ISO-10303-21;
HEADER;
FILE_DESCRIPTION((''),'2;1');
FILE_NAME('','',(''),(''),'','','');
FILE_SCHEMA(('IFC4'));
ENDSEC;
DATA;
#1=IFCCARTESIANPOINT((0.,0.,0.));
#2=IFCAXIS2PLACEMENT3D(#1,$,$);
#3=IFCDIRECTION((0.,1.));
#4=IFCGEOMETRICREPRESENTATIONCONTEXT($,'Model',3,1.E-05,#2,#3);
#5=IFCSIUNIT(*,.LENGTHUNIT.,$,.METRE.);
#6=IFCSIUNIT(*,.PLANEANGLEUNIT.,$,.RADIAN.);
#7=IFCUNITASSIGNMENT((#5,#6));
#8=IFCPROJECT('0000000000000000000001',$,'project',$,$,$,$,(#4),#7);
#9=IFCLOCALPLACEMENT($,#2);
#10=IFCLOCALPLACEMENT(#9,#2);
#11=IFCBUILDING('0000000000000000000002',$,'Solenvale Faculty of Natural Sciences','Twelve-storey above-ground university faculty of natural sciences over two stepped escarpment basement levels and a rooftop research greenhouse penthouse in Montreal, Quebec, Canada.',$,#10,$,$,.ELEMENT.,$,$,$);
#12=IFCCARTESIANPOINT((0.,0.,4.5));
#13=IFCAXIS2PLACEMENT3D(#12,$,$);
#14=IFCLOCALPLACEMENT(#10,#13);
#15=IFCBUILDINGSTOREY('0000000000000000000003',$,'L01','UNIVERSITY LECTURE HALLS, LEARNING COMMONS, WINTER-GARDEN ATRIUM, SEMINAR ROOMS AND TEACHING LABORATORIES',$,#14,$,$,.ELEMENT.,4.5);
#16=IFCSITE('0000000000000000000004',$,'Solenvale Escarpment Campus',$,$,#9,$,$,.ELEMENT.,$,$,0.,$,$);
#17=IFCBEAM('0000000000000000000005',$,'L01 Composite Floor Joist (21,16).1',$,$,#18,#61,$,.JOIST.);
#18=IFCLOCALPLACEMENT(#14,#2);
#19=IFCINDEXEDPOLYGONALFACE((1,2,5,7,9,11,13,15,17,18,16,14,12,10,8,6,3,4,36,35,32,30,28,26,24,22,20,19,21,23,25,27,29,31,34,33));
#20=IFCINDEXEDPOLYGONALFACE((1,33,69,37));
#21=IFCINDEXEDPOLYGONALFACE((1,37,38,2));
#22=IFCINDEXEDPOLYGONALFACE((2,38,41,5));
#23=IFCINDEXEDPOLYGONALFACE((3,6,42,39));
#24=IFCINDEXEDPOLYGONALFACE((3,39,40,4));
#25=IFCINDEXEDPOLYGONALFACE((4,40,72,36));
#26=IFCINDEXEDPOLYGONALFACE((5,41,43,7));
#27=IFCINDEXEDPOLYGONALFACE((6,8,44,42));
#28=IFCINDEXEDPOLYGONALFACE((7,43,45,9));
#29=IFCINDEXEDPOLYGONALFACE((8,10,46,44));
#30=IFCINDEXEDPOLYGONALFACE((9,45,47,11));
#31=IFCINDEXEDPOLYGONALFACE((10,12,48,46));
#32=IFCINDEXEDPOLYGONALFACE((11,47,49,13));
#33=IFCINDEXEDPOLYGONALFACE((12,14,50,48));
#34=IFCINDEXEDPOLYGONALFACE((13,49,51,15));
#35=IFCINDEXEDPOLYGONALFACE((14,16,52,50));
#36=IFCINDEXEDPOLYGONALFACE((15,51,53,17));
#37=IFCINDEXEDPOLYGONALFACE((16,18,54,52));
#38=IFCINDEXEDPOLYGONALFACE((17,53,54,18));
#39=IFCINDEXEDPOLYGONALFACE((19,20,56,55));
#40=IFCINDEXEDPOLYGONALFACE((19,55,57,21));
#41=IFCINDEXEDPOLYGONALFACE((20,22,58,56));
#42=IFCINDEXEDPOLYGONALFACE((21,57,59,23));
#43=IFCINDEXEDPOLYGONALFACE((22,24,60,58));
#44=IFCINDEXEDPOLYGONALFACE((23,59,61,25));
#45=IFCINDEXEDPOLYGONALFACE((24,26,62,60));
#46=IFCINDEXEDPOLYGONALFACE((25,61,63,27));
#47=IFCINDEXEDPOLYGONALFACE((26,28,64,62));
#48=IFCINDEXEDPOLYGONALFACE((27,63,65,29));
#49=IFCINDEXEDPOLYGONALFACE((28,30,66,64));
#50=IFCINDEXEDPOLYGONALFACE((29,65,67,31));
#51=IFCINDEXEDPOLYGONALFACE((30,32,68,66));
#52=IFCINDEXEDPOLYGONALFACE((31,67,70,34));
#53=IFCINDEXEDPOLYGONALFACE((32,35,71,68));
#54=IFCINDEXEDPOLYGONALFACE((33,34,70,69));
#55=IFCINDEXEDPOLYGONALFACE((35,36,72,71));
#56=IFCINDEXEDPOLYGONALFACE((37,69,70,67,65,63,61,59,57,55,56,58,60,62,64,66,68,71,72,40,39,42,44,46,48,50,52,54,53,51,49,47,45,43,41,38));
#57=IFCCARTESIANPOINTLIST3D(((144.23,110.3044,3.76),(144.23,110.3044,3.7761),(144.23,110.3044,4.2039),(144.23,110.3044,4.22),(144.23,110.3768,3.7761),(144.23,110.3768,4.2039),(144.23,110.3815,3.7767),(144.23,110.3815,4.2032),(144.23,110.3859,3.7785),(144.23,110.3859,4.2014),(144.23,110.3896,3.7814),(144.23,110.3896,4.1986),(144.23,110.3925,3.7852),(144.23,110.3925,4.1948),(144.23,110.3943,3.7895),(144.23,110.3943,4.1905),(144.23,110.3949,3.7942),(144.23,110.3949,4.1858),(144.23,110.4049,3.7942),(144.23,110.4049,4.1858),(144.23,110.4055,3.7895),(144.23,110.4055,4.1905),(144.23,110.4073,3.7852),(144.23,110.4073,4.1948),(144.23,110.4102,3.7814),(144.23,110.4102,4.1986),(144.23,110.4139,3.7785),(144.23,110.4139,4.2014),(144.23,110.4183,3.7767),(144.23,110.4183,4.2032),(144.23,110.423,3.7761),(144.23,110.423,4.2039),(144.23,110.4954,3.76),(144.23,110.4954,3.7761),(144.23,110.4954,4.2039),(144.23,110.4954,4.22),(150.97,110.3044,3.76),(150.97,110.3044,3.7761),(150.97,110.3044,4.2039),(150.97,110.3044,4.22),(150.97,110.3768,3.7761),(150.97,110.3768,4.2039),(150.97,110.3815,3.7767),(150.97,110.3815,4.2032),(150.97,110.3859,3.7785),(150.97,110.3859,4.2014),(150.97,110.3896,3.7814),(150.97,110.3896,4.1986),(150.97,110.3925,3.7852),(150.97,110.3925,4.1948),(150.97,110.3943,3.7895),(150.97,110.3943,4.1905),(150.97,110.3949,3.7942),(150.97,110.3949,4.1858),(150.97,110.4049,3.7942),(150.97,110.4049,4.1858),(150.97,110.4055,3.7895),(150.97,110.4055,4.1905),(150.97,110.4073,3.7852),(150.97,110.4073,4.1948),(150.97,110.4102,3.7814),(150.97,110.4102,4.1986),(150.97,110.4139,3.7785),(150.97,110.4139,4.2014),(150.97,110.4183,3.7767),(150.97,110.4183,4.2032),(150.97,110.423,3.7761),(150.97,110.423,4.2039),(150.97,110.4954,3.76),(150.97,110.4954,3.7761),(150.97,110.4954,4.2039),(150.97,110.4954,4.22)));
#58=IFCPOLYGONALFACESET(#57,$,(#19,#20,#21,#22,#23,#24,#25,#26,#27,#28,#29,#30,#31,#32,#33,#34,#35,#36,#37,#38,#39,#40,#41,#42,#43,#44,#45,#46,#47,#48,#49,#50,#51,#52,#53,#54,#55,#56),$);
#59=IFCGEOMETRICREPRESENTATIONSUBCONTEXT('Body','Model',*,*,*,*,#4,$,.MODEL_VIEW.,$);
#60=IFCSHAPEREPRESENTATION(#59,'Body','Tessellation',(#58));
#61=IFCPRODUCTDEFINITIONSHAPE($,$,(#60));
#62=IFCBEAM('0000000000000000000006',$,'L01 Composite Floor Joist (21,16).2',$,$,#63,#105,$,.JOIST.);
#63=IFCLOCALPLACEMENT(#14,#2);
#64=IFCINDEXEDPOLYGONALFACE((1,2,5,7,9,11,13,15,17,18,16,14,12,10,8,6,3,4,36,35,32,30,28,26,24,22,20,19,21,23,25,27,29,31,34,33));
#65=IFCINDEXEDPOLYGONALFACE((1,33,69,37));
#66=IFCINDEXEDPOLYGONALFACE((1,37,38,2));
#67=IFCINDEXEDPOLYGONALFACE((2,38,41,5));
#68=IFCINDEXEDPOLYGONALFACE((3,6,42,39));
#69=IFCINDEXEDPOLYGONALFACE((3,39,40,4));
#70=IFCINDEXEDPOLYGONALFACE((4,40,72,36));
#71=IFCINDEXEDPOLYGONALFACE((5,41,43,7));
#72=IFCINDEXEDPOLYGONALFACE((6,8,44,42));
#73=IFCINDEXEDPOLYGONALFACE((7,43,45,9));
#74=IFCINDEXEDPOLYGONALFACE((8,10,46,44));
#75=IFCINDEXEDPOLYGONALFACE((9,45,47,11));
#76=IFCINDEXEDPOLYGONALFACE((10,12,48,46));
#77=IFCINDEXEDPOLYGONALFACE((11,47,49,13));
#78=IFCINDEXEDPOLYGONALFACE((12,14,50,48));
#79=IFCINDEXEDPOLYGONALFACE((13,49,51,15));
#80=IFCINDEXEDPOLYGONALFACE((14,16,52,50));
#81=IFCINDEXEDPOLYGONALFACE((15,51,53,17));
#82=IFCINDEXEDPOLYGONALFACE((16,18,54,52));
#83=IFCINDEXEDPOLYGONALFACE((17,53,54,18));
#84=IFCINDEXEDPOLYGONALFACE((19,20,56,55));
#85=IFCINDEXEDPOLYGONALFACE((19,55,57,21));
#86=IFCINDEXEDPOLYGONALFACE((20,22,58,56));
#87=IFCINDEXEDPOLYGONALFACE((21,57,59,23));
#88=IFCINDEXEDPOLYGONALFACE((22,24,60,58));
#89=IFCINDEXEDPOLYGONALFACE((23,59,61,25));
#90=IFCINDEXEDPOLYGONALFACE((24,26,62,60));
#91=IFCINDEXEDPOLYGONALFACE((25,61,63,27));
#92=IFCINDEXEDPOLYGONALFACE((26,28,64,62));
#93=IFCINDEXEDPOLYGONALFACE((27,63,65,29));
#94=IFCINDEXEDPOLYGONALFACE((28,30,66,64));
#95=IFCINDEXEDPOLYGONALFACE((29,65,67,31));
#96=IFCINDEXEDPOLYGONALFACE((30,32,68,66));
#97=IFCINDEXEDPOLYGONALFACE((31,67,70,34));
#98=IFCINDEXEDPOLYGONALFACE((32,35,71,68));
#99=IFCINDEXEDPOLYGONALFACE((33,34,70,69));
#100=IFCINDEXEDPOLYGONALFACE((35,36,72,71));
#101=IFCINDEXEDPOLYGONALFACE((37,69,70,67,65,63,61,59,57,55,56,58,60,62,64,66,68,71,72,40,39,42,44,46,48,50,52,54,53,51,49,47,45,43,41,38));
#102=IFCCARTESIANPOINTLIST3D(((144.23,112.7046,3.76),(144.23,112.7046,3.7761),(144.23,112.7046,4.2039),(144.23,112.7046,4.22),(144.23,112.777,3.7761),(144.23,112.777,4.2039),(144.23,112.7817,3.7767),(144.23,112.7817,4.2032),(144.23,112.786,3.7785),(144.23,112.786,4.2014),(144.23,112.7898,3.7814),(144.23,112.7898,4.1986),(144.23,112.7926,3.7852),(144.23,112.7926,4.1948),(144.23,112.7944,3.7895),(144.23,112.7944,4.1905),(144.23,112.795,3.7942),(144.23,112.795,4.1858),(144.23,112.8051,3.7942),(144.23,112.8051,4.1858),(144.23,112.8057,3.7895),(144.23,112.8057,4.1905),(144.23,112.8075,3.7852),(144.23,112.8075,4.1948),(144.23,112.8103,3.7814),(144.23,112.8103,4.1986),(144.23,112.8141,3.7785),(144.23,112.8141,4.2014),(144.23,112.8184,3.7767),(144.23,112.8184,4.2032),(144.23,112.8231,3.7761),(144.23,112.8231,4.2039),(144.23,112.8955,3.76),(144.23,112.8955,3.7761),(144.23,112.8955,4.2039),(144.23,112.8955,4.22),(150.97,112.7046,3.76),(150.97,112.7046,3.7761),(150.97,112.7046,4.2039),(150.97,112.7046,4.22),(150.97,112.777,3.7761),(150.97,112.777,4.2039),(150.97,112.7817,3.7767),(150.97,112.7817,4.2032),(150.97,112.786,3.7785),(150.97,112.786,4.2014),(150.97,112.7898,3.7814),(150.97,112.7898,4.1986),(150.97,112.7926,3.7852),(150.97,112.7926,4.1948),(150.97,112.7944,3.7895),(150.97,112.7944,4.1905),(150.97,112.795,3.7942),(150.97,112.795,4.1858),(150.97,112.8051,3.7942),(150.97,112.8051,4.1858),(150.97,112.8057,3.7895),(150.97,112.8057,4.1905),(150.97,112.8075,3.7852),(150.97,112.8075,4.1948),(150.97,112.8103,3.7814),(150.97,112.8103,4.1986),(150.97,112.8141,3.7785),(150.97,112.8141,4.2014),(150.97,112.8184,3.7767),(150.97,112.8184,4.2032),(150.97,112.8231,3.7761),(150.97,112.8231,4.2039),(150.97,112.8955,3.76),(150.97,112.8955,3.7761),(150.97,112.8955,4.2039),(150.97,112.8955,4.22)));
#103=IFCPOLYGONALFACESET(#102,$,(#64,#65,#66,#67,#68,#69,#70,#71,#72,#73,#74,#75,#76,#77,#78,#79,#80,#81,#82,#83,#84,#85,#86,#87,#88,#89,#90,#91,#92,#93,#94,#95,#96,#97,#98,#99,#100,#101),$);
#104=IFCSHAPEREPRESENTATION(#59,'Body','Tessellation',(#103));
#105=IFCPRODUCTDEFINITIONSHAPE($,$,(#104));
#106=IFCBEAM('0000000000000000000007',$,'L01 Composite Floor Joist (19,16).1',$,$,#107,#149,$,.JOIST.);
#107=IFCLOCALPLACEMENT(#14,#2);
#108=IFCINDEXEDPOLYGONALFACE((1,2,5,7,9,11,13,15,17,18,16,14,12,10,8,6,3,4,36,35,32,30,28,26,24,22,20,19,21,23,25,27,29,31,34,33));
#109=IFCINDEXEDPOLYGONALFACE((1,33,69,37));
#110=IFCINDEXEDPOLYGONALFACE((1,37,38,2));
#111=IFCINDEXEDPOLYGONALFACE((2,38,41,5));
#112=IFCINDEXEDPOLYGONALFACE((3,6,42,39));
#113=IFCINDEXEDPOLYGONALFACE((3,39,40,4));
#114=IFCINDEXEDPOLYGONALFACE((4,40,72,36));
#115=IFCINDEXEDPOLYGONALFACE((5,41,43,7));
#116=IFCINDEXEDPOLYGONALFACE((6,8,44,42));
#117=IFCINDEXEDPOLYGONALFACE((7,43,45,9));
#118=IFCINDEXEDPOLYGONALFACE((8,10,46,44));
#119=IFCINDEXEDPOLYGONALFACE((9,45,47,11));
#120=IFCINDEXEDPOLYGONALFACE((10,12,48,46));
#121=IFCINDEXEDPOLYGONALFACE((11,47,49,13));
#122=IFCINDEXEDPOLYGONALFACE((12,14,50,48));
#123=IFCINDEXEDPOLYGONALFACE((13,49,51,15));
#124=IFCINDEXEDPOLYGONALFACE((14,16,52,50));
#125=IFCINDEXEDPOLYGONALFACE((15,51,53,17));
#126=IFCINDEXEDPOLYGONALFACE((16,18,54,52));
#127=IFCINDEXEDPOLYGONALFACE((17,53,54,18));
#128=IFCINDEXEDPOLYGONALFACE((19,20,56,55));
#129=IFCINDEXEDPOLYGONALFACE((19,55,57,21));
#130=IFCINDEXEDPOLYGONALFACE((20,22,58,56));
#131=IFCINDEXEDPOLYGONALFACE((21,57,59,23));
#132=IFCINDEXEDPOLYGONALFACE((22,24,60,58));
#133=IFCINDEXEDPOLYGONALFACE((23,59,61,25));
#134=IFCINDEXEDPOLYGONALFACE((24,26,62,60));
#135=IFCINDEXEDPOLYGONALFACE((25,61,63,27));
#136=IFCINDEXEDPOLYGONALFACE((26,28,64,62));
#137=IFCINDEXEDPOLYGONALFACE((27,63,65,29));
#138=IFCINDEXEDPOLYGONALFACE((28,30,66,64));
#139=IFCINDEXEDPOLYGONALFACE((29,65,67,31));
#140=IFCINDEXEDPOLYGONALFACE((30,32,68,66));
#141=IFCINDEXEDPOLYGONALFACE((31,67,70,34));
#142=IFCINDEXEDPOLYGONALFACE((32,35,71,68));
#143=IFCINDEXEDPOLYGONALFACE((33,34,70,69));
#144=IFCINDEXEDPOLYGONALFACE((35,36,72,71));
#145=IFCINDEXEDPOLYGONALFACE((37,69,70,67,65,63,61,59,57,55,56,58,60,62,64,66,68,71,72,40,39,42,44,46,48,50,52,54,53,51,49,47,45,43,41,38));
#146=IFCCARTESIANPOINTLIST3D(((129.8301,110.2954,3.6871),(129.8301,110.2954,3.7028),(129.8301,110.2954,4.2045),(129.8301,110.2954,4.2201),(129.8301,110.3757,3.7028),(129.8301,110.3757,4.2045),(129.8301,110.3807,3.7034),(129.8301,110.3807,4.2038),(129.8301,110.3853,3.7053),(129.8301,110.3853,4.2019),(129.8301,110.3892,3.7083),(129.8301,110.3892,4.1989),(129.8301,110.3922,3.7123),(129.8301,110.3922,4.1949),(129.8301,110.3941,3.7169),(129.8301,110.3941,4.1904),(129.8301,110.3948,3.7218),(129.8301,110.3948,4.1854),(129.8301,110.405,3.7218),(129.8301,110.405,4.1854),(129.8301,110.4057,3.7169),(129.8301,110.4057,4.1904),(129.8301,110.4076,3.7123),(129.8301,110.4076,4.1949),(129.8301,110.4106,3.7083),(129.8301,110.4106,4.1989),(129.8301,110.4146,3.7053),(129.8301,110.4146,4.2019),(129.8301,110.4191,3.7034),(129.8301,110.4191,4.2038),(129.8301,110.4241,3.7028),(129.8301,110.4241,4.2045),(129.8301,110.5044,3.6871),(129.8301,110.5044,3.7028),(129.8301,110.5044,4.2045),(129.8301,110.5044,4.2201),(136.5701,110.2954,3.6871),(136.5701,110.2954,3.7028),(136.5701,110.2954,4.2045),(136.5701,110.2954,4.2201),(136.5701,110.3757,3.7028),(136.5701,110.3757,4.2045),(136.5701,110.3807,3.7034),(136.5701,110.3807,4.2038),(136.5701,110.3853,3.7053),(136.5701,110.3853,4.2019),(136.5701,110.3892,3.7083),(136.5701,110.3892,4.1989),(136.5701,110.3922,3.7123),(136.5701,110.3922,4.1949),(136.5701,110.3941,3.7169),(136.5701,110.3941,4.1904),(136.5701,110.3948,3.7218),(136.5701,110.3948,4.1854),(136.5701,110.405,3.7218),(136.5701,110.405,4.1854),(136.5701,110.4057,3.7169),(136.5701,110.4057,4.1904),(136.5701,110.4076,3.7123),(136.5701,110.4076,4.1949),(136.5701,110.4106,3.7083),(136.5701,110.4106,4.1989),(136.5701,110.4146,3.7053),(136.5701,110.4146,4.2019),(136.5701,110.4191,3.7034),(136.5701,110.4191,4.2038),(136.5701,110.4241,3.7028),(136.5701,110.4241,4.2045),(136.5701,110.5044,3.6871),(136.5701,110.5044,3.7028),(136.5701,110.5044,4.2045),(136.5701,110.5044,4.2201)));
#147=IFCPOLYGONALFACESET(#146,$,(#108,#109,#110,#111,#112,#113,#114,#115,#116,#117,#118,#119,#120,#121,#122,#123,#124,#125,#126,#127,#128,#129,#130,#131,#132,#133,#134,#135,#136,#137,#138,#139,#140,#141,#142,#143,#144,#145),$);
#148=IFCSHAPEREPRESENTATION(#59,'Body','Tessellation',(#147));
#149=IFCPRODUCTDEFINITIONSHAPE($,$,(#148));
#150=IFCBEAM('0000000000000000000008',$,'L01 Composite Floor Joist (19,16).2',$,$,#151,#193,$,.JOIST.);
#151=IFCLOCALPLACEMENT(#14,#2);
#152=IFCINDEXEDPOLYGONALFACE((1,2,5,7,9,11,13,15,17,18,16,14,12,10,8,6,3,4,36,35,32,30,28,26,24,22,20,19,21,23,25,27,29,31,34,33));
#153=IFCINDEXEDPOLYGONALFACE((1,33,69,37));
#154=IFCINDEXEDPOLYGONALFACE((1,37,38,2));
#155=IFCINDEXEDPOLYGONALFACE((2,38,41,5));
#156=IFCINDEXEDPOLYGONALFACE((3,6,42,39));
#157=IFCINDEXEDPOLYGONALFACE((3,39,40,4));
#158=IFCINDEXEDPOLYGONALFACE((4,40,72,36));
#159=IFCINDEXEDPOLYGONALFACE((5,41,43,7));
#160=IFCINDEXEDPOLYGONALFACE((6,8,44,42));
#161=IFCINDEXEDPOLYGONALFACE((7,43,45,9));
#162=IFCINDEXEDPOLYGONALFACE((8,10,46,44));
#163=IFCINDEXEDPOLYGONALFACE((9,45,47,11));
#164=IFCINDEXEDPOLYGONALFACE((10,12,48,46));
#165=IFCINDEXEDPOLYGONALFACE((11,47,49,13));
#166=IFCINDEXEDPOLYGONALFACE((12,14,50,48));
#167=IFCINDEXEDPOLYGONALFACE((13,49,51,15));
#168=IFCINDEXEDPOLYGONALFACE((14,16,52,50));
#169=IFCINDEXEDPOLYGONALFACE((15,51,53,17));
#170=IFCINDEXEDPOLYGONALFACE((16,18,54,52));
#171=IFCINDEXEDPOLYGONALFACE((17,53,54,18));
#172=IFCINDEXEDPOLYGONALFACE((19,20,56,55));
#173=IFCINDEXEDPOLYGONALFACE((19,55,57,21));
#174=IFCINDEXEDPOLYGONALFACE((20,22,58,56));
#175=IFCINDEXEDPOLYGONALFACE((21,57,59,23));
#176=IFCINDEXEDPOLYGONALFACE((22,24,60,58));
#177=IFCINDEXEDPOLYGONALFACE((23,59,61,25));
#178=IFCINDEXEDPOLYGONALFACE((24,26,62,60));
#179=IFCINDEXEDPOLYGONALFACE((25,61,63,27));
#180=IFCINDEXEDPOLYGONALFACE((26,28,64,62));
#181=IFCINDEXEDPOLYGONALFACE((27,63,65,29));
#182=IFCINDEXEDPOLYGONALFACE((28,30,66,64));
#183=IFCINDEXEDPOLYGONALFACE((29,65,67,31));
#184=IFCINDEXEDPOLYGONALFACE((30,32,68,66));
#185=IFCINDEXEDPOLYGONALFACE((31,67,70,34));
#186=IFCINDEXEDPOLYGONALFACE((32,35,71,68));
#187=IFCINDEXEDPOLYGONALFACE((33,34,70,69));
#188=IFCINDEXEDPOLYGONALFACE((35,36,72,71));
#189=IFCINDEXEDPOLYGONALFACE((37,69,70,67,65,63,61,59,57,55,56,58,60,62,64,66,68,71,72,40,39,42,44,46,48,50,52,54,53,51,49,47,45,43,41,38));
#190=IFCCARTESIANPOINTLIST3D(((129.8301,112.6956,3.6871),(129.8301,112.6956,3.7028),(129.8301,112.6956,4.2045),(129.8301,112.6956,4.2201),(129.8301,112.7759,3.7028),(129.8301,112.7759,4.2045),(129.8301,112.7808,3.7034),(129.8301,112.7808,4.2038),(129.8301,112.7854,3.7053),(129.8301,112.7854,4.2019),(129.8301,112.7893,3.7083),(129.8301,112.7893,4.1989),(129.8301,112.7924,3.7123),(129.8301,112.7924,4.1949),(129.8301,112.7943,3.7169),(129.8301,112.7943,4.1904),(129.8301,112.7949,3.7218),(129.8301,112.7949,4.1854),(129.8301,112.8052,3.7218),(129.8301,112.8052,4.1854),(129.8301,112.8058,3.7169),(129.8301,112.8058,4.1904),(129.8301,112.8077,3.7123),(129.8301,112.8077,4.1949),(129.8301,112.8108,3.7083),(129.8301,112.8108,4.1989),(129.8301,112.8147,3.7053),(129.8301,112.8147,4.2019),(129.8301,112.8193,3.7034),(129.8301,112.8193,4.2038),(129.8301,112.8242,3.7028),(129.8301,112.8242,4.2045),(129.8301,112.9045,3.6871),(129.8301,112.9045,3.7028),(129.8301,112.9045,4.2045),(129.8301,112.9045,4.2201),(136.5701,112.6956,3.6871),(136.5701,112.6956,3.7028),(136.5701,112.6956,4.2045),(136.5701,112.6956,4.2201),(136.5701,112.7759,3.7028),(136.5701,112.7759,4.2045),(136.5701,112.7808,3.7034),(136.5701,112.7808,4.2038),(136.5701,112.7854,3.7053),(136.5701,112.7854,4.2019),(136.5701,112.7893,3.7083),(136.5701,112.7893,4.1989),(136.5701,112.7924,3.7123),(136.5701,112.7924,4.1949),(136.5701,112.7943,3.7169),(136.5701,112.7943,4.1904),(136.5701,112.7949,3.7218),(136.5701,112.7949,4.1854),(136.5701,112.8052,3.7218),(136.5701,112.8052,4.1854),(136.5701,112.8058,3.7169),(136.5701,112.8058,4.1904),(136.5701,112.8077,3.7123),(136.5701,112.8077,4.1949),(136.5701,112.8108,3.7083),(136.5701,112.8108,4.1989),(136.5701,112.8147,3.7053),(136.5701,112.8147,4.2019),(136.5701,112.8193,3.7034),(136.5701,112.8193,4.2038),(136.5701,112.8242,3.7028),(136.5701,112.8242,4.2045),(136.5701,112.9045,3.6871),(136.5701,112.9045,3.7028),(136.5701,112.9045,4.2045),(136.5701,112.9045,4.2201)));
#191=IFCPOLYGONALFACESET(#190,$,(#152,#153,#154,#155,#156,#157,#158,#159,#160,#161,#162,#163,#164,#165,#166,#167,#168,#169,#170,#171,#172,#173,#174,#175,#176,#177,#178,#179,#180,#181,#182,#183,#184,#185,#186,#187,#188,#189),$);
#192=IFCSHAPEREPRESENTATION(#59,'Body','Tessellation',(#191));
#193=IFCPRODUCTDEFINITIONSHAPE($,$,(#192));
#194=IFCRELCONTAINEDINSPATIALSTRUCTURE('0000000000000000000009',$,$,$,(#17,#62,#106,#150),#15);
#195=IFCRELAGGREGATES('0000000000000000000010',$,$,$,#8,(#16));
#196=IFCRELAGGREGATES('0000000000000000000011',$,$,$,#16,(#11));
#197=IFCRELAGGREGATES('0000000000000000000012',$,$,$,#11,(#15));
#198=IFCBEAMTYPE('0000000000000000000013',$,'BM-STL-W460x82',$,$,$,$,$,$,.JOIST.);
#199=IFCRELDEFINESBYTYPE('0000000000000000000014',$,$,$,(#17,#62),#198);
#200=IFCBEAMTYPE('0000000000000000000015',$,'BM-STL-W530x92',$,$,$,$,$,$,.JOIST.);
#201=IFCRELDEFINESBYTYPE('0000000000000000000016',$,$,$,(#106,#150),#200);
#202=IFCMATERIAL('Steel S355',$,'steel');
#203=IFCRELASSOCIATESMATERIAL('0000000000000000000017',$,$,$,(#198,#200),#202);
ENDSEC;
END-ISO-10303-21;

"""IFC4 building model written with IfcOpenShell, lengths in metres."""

from ifc_helpers import new_model, si_unit, direction, frame, origin, origin_2d, place, context, subcontext, project, spatial, i_section, extrude, material, material_profile, profile_set, type_object, element, save


model = new_model("IFC4")

# Units and contexts
model_context = context("Model", 3, precision=1e-05, world=origin(), true_north=direction((0.0, 1.0)))
body_context = subcontext(model_context, "Body", "Model", "MODEL_VIEW")
ifc_project = project(units=[si_unit("LENGTHUNIT", "METRE"), si_unit("PLANEANGLEUNIT", "RADIAN")], contexts=[model_context])

# Site, building, storey
site_placement = place(None, origin())
site = spatial("IfcSite", under=ifc_project, at=site_placement, Name="Solenvale Escarpment Campus", CompositionType="ELEMENT", RefElevation=0.0)
building_placement = place(site_placement, origin())
building = spatial("IfcBuilding", under=site, at=building_placement, Name="Solenvale Faculty of Natural Sciences", Description="Twelve-storey above-ground university faculty of natural sciences over two stepped escarpment basement levels and a rooftop research greenhouse penthouse in Montreal, Quebec, Canada.", CompositionType="ELEMENT")
storey_placement = place(building_placement, frame((0.0, 0.0, 4.5)))
storey = spatial("IfcBuildingStorey", under=building, at=storey_placement, Name="L01", Description="UNIVERSITY LECTURE HALLS, LEARNING COMMONS, WINTER-GARDEN ATRIUM, SEMINAR ROOMS AND TEACHING LABORATORIES", CompositionType="ELEMENT", Elevation=4.5)

# Beams
ifc_material_1 = material(Name="Steel S355", Category="steel")
ifc_material_profile_1 = material_profile(ifc_material_1, i_section(OverallWidth=0.1909, OverallDepth=0.46, WebThickness=0.01, FlangeThickness=0.0161, FilletRadius=0.0181, at=origin_2d()), Name="W460x82")
ifc_profile_set_1 = profile_set([ifc_material_profile_1], Name="Steel S355")
beam_type_1 = type_object("IfcBeamType", Name="BM-STL-W460x82", PredefinedType="JOIST", material=ifc_profile_set_1)
for number, where, z_axis, x_axis, name in (
    (1, (144.23, 110.3999, 3.99), (1.0, 0.0, 0.0), (0.0, 1.0, 0.0), "L01 Composite Floor Joist (21,16).1"),
    (2, (144.23, 112.8, 3.99), (1.0, 0.0, 0.0), (0.0, 1.0, 0.0), "L01 Composite Floor Joist (21,16).2"),
):
    element("IfcBeam", number, at=place(storey_placement, frame(where, z_axis=z_axis, x_axis=x_axis)), inside=storey, type_object=beam_type_1, Name=name, PredefinedType="JOIST", context=body_context, shape_type="SweptSolid", body=[
        extrude(i_section(OverallWidth=0.1909, OverallDepth=0.46, WebThickness=0.01, FlangeThickness=0.0161, FilletRadius=0.0181, at=origin_2d()), origin(), (0.0, 0.0, 1.0), 6.74),
    ])
ifc_material_profile_2 = material_profile(ifc_material_1, i_section(OverallWidth=0.209, OverallDepth=0.533, WebThickness=0.0103, FlangeThickness=0.0156, FilletRadius=0.019, at=origin_2d()), Name="W530x92")
ifc_profile_set_2 = profile_set([ifc_material_profile_2], Name="Steel S355")
beam_type_2 = type_object("IfcBeamType", Name="BM-STL-W530x92", PredefinedType="JOIST", material=ifc_profile_set_2)
for number, where, z_axis, x_axis, name in (
    (3, (129.8301, 110.3999, 3.9536), (1.0, 0.0, 0.0), (0.0, 1.0, 0.0), "L01 Composite Floor Joist (19,16).1"),
    (4, (129.8301, 112.8, 3.9536), (1.0, 0.0, 0.0), (0.0, 1.0, 0.0), "L01 Composite Floor Joist (19,16).2"),
):
    element("IfcBeam", number, at=place(storey_placement, frame(where, z_axis=z_axis, x_axis=x_axis)), inside=storey, type_object=beam_type_2, Name=name, PredefinedType="JOIST", context=body_context, shape_type="SweptSolid", body=[
        extrude(i_section(OverallWidth=0.209, OverallDepth=0.533, WebThickness=0.0103, FlangeThickness=0.0156, FilletRadius=0.019, at=origin_2d()), origin(), (0.0, 0.0, 1.0), 6.74),
    ])

save(model, "model.ifc")
